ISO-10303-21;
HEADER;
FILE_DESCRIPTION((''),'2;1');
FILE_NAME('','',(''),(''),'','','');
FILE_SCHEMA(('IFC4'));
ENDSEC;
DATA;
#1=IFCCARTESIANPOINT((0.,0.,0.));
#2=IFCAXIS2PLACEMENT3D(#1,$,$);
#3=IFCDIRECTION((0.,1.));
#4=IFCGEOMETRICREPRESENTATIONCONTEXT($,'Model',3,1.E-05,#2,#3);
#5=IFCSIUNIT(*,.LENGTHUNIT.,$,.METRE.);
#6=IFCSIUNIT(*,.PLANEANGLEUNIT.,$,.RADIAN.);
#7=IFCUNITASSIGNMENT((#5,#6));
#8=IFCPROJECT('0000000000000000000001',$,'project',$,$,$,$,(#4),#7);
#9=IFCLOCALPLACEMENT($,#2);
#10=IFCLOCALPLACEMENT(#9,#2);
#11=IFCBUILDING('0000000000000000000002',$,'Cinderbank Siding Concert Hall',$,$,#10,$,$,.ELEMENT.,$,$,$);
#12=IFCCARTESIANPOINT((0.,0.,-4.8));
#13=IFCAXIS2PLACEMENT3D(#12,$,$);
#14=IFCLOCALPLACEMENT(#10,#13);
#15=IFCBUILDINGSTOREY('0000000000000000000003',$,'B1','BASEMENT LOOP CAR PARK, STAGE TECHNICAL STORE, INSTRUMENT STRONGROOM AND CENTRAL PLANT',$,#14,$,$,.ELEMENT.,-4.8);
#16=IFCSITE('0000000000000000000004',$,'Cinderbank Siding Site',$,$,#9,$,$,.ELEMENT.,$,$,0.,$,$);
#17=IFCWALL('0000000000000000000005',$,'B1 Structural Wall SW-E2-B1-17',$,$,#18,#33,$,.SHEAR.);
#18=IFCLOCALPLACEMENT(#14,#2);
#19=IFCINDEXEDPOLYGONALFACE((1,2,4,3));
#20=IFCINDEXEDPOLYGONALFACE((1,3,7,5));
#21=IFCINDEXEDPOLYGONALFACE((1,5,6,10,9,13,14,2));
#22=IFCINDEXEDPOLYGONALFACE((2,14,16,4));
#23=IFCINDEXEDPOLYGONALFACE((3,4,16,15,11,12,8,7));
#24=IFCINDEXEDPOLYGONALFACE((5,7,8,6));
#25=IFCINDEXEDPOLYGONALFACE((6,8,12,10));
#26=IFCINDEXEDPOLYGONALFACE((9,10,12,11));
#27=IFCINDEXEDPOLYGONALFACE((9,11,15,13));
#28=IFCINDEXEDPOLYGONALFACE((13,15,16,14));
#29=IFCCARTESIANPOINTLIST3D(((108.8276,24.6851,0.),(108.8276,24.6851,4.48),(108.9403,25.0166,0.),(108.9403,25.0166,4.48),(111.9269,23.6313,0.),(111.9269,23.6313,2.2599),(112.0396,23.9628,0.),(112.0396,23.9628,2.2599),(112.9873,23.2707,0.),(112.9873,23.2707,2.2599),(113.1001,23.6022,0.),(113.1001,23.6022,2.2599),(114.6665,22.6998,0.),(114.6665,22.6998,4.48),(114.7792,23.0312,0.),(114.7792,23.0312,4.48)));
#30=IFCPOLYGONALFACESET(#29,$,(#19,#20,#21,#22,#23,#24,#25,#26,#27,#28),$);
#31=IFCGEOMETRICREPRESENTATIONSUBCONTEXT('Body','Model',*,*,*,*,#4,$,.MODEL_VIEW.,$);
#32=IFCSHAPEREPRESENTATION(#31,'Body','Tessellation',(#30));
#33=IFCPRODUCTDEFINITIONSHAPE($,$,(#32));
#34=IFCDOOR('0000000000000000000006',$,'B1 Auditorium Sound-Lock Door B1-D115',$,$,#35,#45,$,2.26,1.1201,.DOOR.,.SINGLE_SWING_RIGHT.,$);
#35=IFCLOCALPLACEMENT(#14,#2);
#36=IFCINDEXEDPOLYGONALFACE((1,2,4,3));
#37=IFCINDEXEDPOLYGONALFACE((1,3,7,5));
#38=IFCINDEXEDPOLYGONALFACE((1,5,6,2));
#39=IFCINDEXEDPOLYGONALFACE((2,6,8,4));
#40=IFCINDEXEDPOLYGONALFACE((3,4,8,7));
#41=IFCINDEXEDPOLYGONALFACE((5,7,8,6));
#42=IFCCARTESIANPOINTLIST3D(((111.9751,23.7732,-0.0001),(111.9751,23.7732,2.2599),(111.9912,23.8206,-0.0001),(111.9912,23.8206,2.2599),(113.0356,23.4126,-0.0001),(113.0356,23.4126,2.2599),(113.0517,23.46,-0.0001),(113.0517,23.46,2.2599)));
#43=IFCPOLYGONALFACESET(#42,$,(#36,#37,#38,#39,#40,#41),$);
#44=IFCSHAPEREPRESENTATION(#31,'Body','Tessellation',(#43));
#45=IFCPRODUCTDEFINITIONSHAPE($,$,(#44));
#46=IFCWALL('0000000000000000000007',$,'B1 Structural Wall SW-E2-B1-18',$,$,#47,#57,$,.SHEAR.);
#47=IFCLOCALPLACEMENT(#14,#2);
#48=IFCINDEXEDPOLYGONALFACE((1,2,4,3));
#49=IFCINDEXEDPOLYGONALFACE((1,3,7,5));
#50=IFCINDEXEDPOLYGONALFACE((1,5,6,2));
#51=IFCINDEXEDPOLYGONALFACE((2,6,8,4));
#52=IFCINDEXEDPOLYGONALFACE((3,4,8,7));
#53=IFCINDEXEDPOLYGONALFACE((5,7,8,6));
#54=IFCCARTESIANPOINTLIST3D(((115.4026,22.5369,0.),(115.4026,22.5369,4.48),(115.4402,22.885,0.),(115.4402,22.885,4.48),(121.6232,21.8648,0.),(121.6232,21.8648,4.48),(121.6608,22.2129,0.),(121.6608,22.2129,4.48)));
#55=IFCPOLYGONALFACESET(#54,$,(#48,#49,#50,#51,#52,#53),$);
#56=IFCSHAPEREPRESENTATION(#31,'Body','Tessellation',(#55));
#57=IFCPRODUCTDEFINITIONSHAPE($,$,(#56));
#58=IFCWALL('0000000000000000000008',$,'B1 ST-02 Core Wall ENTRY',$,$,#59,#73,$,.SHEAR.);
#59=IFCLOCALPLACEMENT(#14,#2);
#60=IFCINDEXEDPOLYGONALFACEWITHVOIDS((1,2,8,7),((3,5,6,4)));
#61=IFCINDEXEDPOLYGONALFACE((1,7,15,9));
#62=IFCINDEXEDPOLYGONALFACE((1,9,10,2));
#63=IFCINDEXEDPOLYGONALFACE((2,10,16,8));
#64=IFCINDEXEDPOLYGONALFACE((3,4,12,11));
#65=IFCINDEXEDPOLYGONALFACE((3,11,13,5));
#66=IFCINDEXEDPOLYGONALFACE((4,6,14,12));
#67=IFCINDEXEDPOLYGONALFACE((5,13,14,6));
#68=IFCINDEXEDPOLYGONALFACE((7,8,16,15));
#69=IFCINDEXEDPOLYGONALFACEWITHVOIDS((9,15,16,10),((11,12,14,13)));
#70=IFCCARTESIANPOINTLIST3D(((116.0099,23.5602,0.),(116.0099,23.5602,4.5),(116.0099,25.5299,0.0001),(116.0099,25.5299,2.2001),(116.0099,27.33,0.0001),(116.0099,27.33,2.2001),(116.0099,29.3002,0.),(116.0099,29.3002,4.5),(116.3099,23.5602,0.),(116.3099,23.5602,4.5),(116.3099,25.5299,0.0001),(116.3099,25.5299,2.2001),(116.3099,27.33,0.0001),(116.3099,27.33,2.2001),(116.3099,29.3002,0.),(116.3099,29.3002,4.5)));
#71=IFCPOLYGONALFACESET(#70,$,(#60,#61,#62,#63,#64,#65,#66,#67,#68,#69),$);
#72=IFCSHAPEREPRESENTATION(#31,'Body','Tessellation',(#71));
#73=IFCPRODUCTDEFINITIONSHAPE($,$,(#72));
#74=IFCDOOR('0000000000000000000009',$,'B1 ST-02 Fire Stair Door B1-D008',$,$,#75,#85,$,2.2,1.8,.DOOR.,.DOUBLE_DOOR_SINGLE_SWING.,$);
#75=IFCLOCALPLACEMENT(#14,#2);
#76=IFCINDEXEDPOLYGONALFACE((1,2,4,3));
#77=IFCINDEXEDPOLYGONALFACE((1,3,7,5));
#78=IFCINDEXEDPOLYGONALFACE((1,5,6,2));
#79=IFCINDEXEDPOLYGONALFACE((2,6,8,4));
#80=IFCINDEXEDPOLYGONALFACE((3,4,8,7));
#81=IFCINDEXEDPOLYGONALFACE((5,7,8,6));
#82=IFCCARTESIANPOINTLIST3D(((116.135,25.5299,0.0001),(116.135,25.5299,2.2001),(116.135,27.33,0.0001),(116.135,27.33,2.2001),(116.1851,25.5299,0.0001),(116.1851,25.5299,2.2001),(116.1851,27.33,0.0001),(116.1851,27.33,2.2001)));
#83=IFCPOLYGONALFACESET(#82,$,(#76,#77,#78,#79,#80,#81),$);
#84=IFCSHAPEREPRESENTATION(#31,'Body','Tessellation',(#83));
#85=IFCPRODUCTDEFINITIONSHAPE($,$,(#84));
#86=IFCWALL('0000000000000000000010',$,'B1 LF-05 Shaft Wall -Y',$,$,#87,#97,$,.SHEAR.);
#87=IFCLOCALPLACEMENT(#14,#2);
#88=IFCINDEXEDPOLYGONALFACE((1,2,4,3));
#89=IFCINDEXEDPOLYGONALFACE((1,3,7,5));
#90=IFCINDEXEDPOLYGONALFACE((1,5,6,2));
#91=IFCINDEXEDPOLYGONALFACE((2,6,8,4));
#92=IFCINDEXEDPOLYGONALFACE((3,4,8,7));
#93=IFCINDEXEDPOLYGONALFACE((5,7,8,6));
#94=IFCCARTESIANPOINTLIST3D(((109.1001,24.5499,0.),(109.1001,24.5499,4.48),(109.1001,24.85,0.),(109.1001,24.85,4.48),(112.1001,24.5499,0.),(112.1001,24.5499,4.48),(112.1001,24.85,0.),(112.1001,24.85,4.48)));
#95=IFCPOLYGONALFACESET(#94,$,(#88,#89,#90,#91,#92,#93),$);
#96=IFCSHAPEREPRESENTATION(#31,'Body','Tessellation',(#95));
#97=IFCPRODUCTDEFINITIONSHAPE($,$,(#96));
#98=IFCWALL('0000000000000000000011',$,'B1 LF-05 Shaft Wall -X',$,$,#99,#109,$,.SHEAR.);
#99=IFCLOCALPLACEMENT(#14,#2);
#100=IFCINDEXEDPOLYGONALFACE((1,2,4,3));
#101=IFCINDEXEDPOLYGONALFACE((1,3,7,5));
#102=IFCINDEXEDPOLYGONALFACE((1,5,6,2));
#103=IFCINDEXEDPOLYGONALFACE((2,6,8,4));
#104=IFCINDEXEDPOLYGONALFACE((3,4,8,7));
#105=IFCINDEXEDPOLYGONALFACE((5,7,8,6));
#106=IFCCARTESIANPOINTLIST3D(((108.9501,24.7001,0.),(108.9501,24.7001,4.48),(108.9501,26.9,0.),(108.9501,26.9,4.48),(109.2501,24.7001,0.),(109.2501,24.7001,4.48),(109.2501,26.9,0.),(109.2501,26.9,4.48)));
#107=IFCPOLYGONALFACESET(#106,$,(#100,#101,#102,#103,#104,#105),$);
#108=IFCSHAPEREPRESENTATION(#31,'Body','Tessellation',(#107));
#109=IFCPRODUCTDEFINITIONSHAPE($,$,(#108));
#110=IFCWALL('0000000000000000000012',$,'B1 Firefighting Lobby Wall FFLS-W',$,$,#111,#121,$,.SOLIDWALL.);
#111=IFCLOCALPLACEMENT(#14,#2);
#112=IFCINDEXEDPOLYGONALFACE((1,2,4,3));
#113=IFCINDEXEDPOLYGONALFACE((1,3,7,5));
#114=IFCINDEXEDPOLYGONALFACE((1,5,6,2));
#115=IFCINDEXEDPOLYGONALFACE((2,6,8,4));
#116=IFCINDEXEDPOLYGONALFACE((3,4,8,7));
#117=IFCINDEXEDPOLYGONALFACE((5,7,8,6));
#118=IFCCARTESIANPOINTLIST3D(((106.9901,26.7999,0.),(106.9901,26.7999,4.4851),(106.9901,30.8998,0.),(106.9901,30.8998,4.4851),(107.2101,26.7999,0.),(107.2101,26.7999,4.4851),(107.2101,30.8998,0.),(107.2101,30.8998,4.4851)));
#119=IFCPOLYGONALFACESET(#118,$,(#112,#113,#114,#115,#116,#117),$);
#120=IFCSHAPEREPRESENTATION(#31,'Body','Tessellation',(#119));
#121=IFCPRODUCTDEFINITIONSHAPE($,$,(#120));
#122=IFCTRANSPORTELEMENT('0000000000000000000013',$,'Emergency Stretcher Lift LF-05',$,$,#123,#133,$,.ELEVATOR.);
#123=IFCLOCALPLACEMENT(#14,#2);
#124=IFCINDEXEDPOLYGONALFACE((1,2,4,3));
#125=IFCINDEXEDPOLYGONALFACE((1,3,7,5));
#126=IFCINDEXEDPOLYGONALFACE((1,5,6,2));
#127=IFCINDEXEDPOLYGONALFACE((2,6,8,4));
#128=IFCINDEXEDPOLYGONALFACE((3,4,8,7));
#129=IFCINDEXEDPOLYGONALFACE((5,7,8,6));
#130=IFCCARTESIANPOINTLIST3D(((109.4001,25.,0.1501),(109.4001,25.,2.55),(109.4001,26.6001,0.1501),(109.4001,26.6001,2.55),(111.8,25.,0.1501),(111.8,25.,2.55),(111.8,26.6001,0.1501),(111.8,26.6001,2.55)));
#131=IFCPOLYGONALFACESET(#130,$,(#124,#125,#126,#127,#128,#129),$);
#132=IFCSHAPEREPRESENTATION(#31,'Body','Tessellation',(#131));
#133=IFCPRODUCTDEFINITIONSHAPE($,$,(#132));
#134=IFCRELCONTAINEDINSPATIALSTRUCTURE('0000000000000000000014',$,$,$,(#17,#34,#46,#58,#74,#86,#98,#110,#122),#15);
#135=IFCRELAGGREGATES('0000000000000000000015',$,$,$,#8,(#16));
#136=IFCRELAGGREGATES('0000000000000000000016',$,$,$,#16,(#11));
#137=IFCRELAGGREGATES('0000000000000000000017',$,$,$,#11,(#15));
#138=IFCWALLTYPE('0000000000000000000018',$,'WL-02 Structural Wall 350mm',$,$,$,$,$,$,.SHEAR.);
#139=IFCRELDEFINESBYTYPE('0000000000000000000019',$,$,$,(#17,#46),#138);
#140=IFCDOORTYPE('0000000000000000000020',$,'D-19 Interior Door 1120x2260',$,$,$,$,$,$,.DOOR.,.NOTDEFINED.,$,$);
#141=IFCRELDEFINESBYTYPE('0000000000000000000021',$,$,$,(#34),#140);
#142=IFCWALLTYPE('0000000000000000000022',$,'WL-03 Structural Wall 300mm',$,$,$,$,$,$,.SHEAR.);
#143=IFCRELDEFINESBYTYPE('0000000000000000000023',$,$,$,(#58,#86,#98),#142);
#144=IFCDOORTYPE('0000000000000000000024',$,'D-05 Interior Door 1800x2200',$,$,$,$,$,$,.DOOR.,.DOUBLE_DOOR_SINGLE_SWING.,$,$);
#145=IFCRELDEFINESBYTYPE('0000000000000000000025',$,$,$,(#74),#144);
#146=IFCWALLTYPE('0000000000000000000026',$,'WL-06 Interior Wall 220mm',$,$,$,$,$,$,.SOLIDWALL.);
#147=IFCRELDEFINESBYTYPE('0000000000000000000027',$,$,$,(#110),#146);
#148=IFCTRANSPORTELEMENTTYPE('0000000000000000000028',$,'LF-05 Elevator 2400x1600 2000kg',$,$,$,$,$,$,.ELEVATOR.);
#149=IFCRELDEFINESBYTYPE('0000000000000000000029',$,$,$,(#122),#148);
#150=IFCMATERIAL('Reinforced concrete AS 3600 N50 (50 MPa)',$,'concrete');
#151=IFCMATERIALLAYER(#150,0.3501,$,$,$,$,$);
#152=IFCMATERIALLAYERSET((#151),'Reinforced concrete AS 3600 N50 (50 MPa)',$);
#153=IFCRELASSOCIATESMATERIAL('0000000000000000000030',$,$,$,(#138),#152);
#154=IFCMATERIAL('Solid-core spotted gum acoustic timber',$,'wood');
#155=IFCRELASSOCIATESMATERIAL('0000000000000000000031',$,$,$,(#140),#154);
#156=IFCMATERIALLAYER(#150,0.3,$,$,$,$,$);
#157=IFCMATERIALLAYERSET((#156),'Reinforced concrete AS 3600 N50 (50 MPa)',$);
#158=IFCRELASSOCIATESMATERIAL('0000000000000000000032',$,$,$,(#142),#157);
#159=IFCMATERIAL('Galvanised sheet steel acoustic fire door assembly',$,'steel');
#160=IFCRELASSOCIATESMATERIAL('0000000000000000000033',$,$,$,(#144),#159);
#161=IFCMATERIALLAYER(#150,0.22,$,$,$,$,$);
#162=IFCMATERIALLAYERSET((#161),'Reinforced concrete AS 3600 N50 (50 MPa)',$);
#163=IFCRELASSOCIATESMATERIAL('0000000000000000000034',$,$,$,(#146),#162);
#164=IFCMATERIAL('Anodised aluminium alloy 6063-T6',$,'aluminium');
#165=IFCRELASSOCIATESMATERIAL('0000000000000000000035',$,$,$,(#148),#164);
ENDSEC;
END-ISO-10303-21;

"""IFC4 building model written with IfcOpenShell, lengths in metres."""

from ifc_helpers import new_model, si_unit, direction, frame, frame_2d, origin, origin_2d, place, context, subcontext, project, spatial, rectangle, extrude, material, layer, layer_set, type_object, element, fill, save


model = new_model("IFC4")

# Units and contexts
model_context = context("Model", 3, precision=1e-05, world=origin(), true_north=direction((0.0, 1.0)))
body_context = subcontext(model_context, "Body", "Model", "MODEL_VIEW")
ifc_project = project(units=[si_unit("LENGTHUNIT", "METRE"), si_unit("PLANEANGLEUNIT", "RADIAN")], contexts=[model_context])

# Site, building, storey
site_placement = place(None, origin())
site = spatial("IfcSite", under=ifc_project, at=site_placement, Name="Cinderbank Siding Site", CompositionType="ELEMENT", RefElevation=0.0)
building_placement = place(site_placement, origin())
building = spatial("IfcBuilding", under=site, at=building_placement, Name="Cinderbank Siding Concert Hall", CompositionType="ELEMENT")
storey_placement = place(building_placement, frame((0.0, 0.0, -4.8)))
storey = spatial("IfcBuildingStorey", under=building, at=storey_placement, Name="B1", Description="BASEMENT LOOP CAR PARK, STAGE TECHNICAL STORE, INSTRUMENT STRONGROOM AND CENTRAL PLANT", CompositionType="ELEMENT", Elevation=-4.8)

# Shared definitions
ifc_material_1 = material(Name="Reinforced concrete AS 3600 N50 (50 MPa)", Category="concrete")

# Wall, opening, door
ifc_layer_1 = layer(ifc_material_1, 0.3501)
ifc_layer_set_1 = layer_set([ifc_layer_1], Name="Reinforced concrete AS 3600 N50 (50 MPa)")
wall_type_1 = type_object("IfcWallType", Name="WL-02 Structural Wall 350mm", PredefinedType="SHEAR", material=ifc_layer_set_1)
wall_1_placement = place(storey_placement, frame((108.884, 24.8508, 0.0), z_axis=(0.0, 0.0, 1.0), x_axis=(0.946766, -0.321923, 0.0)))
wall_1 = element("IfcWall", 1, at=wall_1_placement, inside=storey, type_object=wall_type_1, Name="B1 Structural Wall SW-E2-B1-17", PredefinedType="SHEAR", context=body_context, shape_type="SweptSolid", body=[
    extrude(rectangle(XDim=6.1672, YDim=0.3501, at=frame_2d((3.0835, 0.0))), origin(), (0.0, 0.0, 1.0), 4.48),
])
opening_1_placement = place(wall_1_placement, frame((3.2734, 0.0, 0.0)))
opening_1 = element("IfcOpeningElement", 2, at=opening_1_placement, cuts=wall_1, PredefinedType="OPENING", context=body_context, shape_type="SweptSolid", body=[
    extrude(rectangle(XDim=1.1201, YDim=2.26, at=frame_2d((0.5601, 1.1299))), frame((0.0, 0.187, 0.0), z_axis=(0.0, -1.0, 0.0), x_axis=(1.0, 0.0, 0.0)), (0.0, 0.0, 1.0), 0.374),
])
ifc_material_2 = material(Name="Solid-core spotted gum acoustic timber", Category="wood")
door_type_1 = type_object("IfcDoorType", Name="D-19 Interior Door 1120x2260", OperationType="NOTDEFINED", PredefinedType="DOOR", material=ifc_material_2)
door_1_placement = place(opening_1_placement, origin())
door_1 = element("IfcDoor", 3, at=door_1_placement, inside=storey, type_object=door_type_1, Name="B1 Auditorium Sound-Lock Door B1-D115", OperationType="SINGLE_SWING_RIGHT", OverallHeight=2.26, OverallWidth=1.1201, PredefinedType="DOOR", context=body_context, shape_type="SweptSolid", body=[
    extrude(rectangle(XDim=1.1201, YDim=2.26, at=frame_2d((0.5601, 1.1299))), frame((0.0, 0.0249, 0.0), z_axis=(0.0, -1.0, 0.0), x_axis=(1.0, 0.0, 0.0)), (0.0, 0.0, 1.0), 0.05),
])
fill(opening_1, door_1)

# Wall
wall_2_placement = place(storey_placement, frame((115.4214, 22.7109, 0.0), z_axis=(0.0, 0.0, 1.0), x_axis=(0.994214, -0.10742, 0.0)))
element("IfcWall", 4, at=wall_2_placement, inside=storey, type_object=wall_type_1, Name="B1 Structural Wall SW-E2-B1-18", PredefinedType="SHEAR", context=body_context, shape_type="SweptSolid", body=[
    extrude(rectangle(XDim=6.2568, YDim=0.3501, at=frame_2d((3.1284, 0.0))), origin(), (0.0, 0.0, 1.0), 4.48),
])

# Wall, opening, door
ifc_layer_2 = layer(ifc_material_1, 0.3)
ifc_layer_set_2 = layer_set([ifc_layer_2], Name="Reinforced concrete AS 3600 N50 (50 MPa)")
wall_type_2 = type_object("IfcWallType", Name="WL-03 Structural Wall 300mm", PredefinedType="SHEAR", material=ifc_layer_set_2)
wall_3_placement = place(storey_placement, frame((116.1599, 23.5601, 0.0), z_axis=(0.0, 0.0, 1.0), x_axis=(0.0, 1.0, 0.0)))
wall_3 = element("IfcWall", 5, at=wall_3_placement, inside=storey, type_object=wall_type_2, Name="B1 ST-02 Core Wall ENTRY", PredefinedType="SHEAR", context=body_context, shape_type="SweptSolid", body=[
    extrude(rectangle(XDim=5.74, YDim=0.3, at=frame_2d((2.8701, 0.0))), origin(), (0.0, 0.0, 1.0), 4.5),
])
opening_2_placement = place(wall_3_placement, frame((1.97, 0.0, 0.0)))
opening_2 = element("IfcOpeningElement", 6, at=opening_2_placement, cuts=wall_3, PredefinedType="OPENING", context=body_context, shape_type="SweptSolid", body=[
    extrude(rectangle(XDim=1.8, YDim=2.2, at=frame_2d((0.8999, 1.1001))), frame((0.0, 0.1621, 0.0), z_axis=(0.0, -1.0, 0.0), x_axis=(1.0, 0.0, 0.0)), (0.0, 0.0, 1.0), 0.324),
])
ifc_material_3 = material(Name="Galvanised sheet steel acoustic fire door assembly", Category="steel")
door_type_2 = type_object("IfcDoorType", Name="D-05 Interior Door 1800x2200", OperationType="DOUBLE_DOOR_SINGLE_SWING", PredefinedType="DOOR", material=ifc_material_3)
door_2_placement = place(opening_2_placement, origin())
door_2 = element("IfcDoor", 7, at=door_2_placement, inside=storey, type_object=door_type_2, Name="B1 ST-02 Fire Stair Door B1-D008", OperationType="DOUBLE_DOOR_SINGLE_SWING", OverallHeight=2.2, OverallWidth=1.8, PredefinedType="DOOR", context=body_context, shape_type="SweptSolid", body=[
    extrude(rectangle(XDim=1.8, YDim=2.2, at=frame_2d((0.8999, 1.1001))), frame((0.0, 0.0249, 0.0), z_axis=(0.0, -1.0, 0.0), x_axis=(1.0, 0.0, 0.0)), (0.0, 0.0, 1.0), 0.05),
])
fill(opening_2, door_2)

# Walls
wall_4_placement = place(storey_placement, frame((112.1001, 24.7, 0.0), z_axis=(0.0, 0.0, 1.0), x_axis=(-1.0, 0.0, 0.0)))
element("IfcWall", 8, at=wall_4_placement, inside=storey, type_object=wall_type_2, Name="B1 LF-05 Shaft Wall -Y", PredefinedType="SHEAR", context=body_context, shape_type="SweptSolid", body=[
    extrude(rectangle(XDim=3.0, YDim=0.3, at=frame_2d((1.5, 0.0))), origin(), (0.0, 0.0, 1.0), 4.48),
])
wall_5_placement = place(storey_placement, frame((109.1001, 24.7, 0.0), z_axis=(0.0, 0.0, 1.0), x_axis=(0.0, 1.0, 0.0)))
element("IfcWall", 9, at=wall_5_placement, inside=storey, type_object=wall_type_2, Name="B1 LF-05 Shaft Wall -X", PredefinedType="SHEAR", context=body_context, shape_type="SweptSolid", body=[
    extrude(rectangle(XDim=2.2, YDim=0.3, at=frame_2d((1.1001, 0.0))), origin(), (0.0, 0.0, 1.0), 4.48),
])
ifc_layer_3 = layer(ifc_material_1, 0.22)
ifc_layer_set_3 = layer_set([ifc_layer_3], Name="Reinforced concrete AS 3600 N50 (50 MPa)")
wall_type_3 = type_object("IfcWallType", Name="WL-06 Interior Wall 220mm", PredefinedType="SOLIDWALL", material=ifc_layer_set_3)
wall_6_placement = place(storey_placement, frame((107.1001, 26.8, 0.0), z_axis=(0.0, 0.0, 1.0), x_axis=(0.0, 1.0, 0.0)))
element("IfcWall", 10, at=wall_6_placement, inside=storey, type_object=wall_type_3, Name="B1 Firefighting Lobby Wall FFLS-W", PredefinedType="SOLIDWALL", context=body_context, shape_type="SweptSolid", body=[
    extrude(rectangle(XDim=4.0999, YDim=0.22, at=frame_2d((2.0498, 0.0))), origin(), (0.0, 0.0, 1.0), 4.4851),
])

# Transport element
ifc_material_4 = material(Name="Anodised aluminium alloy 6063-T6", Category="aluminium")
transport_element_type = type_object("IfcTransportElementType", Name="LF-05 Elevator 2400x1600 2000kg", PredefinedType="ELEVATOR", material=ifc_material_4)
transport_element_placement = place(storey_placement, frame((110.6001, 25.8, 0.1501), z_axis=(0.0, 0.0, 1.0), x_axis=(1.0, 0.0, 0.0)))
element("IfcTransportElement", 11, at=transport_element_placement, inside=storey, type_object=transport_element_type, Name="Emergency Stretcher Lift LF-05", PredefinedType="ELEVATOR", context=body_context, shape_type="SweptSolid", body=[
    extrude(rectangle(XDim=2.3999, YDim=1.6001, at=origin_2d()), origin(), (0.0, 0.0, 1.0), 2.3999),
])

save(model, "model.ifc")
